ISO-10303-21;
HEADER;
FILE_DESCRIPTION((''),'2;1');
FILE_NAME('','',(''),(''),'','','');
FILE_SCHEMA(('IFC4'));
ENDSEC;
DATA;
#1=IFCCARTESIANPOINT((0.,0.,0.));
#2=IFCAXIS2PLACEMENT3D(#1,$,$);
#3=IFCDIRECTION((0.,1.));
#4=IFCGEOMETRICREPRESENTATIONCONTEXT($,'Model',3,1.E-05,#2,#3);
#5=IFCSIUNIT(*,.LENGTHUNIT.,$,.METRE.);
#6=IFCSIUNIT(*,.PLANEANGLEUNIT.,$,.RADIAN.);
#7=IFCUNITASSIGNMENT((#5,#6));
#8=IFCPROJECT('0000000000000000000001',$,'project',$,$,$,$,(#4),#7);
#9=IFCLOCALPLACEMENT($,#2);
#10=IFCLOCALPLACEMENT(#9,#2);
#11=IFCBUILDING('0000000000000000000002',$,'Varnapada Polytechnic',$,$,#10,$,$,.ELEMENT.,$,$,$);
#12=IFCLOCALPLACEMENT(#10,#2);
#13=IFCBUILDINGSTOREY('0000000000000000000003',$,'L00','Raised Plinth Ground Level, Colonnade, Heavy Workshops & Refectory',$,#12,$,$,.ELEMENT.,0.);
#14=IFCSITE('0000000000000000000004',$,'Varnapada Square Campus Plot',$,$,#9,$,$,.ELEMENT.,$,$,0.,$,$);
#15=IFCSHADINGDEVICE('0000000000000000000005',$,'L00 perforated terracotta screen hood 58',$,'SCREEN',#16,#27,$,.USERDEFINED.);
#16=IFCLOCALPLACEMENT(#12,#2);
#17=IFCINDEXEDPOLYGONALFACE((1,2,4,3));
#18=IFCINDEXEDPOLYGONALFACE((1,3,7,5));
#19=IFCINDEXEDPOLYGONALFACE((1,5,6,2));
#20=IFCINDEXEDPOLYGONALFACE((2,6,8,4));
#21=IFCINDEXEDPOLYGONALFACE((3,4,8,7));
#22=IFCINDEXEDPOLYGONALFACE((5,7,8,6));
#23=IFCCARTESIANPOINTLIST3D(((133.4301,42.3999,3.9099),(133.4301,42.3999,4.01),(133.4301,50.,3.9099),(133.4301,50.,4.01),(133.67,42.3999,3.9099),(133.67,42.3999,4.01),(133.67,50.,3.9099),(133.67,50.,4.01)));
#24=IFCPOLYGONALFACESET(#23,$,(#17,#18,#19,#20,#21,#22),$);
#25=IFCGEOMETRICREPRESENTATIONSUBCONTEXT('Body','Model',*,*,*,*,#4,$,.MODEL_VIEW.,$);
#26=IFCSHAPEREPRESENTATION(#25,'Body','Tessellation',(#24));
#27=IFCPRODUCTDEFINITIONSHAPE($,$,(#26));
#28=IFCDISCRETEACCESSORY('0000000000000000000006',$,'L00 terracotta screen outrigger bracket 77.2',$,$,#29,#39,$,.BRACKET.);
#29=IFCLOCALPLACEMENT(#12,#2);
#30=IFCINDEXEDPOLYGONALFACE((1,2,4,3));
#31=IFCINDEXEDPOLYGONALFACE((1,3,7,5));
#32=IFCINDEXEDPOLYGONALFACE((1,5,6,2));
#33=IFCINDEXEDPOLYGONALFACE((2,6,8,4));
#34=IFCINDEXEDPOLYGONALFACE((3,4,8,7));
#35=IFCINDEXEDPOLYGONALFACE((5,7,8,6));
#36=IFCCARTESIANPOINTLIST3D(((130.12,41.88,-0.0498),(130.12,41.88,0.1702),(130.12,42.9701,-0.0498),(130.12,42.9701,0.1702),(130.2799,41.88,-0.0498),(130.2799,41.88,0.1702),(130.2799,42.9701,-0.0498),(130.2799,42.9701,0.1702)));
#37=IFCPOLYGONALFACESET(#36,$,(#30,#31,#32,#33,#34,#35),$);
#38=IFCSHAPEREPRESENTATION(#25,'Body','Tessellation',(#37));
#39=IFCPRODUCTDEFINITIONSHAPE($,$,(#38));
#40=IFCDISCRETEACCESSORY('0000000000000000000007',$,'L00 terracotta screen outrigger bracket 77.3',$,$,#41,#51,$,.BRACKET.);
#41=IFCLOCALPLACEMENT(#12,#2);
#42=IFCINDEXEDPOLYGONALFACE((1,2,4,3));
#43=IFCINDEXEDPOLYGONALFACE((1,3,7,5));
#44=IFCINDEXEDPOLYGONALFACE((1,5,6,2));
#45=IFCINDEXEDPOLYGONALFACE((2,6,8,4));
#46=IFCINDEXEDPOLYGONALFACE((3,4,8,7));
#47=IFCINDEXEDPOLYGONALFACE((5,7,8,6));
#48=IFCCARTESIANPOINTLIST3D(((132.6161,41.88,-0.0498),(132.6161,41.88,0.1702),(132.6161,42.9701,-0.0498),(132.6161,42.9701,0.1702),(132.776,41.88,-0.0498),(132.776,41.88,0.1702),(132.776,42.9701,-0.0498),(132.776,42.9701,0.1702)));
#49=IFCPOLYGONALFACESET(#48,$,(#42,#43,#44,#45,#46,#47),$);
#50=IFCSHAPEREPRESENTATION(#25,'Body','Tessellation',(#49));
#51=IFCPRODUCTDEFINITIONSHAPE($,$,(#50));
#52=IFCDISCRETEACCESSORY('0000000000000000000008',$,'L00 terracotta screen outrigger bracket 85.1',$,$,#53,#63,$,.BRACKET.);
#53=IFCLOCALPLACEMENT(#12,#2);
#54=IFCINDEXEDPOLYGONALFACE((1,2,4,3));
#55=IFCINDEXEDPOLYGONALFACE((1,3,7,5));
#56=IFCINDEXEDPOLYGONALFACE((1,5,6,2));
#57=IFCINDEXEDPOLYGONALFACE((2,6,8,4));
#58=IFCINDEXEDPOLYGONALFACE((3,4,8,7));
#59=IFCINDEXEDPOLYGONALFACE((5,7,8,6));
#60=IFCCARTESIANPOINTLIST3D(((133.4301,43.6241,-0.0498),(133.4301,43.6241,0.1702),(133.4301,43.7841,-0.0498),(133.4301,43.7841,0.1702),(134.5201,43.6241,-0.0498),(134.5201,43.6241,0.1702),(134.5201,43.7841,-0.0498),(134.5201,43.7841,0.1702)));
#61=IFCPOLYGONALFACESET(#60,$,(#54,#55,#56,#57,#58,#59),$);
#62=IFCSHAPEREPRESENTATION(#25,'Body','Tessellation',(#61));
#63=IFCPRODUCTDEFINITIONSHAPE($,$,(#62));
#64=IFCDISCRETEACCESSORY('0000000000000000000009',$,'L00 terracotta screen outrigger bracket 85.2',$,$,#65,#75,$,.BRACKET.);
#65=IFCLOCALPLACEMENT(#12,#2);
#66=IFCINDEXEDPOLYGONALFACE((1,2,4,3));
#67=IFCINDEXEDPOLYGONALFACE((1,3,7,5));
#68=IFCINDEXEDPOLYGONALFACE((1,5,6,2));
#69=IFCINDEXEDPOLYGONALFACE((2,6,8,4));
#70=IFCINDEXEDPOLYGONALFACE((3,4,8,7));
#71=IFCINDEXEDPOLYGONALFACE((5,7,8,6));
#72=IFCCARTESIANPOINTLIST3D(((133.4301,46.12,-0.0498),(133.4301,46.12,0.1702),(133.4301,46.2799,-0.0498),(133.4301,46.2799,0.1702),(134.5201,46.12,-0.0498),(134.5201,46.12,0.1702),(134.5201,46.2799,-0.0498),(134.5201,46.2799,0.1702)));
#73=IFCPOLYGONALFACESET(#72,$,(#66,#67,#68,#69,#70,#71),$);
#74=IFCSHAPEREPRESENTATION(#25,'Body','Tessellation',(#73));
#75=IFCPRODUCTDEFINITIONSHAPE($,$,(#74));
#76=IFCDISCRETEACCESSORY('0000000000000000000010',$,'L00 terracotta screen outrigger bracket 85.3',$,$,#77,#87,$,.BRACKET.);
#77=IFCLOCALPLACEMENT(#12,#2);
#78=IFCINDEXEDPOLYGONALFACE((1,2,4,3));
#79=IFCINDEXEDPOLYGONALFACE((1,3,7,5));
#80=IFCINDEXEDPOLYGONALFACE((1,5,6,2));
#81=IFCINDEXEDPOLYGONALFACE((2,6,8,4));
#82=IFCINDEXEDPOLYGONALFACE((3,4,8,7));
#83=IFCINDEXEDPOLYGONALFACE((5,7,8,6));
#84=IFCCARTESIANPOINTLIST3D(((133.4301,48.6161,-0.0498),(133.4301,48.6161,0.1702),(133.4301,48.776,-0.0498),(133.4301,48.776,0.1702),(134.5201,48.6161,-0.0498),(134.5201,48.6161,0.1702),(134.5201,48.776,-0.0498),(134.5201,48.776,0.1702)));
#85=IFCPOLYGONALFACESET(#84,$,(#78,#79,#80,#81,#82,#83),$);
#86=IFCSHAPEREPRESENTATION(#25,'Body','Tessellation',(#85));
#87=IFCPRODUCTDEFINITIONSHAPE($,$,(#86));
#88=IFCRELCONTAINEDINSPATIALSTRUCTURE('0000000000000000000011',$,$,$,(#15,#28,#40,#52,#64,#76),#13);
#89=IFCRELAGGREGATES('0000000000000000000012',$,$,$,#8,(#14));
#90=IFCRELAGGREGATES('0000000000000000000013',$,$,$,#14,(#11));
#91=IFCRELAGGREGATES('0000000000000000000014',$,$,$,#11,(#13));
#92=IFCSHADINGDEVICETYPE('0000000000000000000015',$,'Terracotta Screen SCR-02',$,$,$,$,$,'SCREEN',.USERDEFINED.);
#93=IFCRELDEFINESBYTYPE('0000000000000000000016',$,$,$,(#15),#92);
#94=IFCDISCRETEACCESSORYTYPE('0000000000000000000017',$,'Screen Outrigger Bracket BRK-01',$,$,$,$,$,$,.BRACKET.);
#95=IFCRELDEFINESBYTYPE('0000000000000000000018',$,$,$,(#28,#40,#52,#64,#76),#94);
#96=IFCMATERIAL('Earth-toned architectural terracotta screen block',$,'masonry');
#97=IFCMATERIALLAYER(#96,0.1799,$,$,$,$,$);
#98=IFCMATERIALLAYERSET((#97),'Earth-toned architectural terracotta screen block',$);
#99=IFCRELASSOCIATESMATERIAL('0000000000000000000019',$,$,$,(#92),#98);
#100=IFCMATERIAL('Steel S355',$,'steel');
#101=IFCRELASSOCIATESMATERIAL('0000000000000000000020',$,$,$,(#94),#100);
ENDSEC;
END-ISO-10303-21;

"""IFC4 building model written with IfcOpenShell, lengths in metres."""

from ifc_helpers import new_model, si_unit, direction, frame, origin, origin_2d, place, context, subcontext, project, spatial, rectangle, extrude, material, layer, layer_set, type_object, element, save


model = new_model("IFC4")

# Units and contexts
model_context = context("Model", 3, precision=1e-05, world=origin(), true_north=direction((0.0, 1.0)))
body_context = subcontext(model_context, "Body", "Model", "MODEL_VIEW")
ifc_project = project(units=[si_unit("LENGTHUNIT", "METRE"), si_unit("PLANEANGLEUNIT", "RADIAN")], contexts=[model_context])

# Site, building, storey
site_placement = place(None, origin())
site = spatial("IfcSite", under=ifc_project, at=site_placement, Name="Varnapada Square Campus Plot", CompositionType="ELEMENT", RefElevation=0.0)
building_placement = place(site_placement, origin())
building = spatial("IfcBuilding", under=site, at=building_placement, Name="Varnapada Polytechnic", CompositionType="ELEMENT")
storey_placement = place(building_placement, origin())
storey = spatial("IfcBuildingStorey", under=building, at=storey_placement, Name="L00", Description="Raised Plinth Ground Level, Colonnade, Heavy Workshops & Refectory", CompositionType="ELEMENT", Elevation=0.0)

# Shared definitions
ifc_material_1 = material(Name="Earth-toned architectural terracotta screen block", Category="masonry")

# Shading device
ifc_layer_1 = layer(ifc_material_1, 0.1799)
ifc_layer_set_1 = layer_set([ifc_layer_1], Name="Earth-toned architectural terracotta screen block")
shading_device_type = type_object("IfcShadingDeviceType", Name="Terracotta Screen SCR-02", ElementType="SCREEN", PredefinedType="USERDEFINED", material=ifc_layer_set_1)
for number, where, z_axis, x_axis, name in (
    (1, (133.55, 46.2, 3.9099), (0.0, 0.0, 1.0), (0.0, 1.0, 0.0), "L00 perforated terracotta screen hood 58"),
):
    element("IfcShadingDevice", number, at=place(storey_placement, frame(where, z_axis=z_axis, x_axis=x_axis)), inside=storey, type_object=shading_device_type, Name=name, ObjectType="SCREEN", PredefinedType="USERDEFINED", context=body_context, shape_type="SweptSolid", body=[
        extrude(rectangle(XDim=7.6001, YDim=0.24, at=origin_2d()), origin(), (0.0, 0.0, 1.0), 0.1001),
    ])

# Discrete accessories
ifc_material_2 = material(Name="Steel S355", Category="steel")
discrete_accessory_type = type_object("IfcDiscreteAccessoryType", Name="Screen Outrigger Bracket BRK-01", PredefinedType="BRACKET", material=ifc_material_2)
for number, where, z_axis, x_axis, name in (
    (2, (130.2, 42.425, -0.0498), (0.0, 0.0, 1.0), (1.0, 0.0, 0.0), "L00 terracotta screen outrigger bracket 77.2"),
    (3, (132.696, 42.425, -0.0498), (0.0, 0.0, 1.0), (1.0, 0.0, 0.0), "L00 terracotta screen outrigger bracket 77.3"),
    (4, (133.9751, 43.7041, -0.0498), (0.0, 0.0, 1.0), (0.0, 1.0, 0.0), "L00 terracotta screen outrigger bracket 85.1"),
    (5, (133.9751, 46.2, -0.0498), (0.0, 0.0, 1.0), (0.0, 1.0, 0.0), "L00 terracotta screen outrigger bracket 85.2"),
    (6, (133.9751, 48.696, -0.0498), (0.0, 0.0, 1.0), (0.0, 1.0, 0.0), "L00 terracotta screen outrigger bracket 85.3"),
):
    element("IfcDiscreteAccessory", number, at=place(storey_placement, frame(where, z_axis=z_axis, x_axis=x_axis)), inside=storey, type_object=discrete_accessory_type, Name=name, PredefinedType="BRACKET", context=body_context, shape_type="SweptSolid", body=[
        extrude(rectangle(XDim=0.1599, YDim=1.0901, at=origin_2d()), origin(), (0.0, 0.0, 1.0), 0.22),
    ])

save(model, "model.ifc")
